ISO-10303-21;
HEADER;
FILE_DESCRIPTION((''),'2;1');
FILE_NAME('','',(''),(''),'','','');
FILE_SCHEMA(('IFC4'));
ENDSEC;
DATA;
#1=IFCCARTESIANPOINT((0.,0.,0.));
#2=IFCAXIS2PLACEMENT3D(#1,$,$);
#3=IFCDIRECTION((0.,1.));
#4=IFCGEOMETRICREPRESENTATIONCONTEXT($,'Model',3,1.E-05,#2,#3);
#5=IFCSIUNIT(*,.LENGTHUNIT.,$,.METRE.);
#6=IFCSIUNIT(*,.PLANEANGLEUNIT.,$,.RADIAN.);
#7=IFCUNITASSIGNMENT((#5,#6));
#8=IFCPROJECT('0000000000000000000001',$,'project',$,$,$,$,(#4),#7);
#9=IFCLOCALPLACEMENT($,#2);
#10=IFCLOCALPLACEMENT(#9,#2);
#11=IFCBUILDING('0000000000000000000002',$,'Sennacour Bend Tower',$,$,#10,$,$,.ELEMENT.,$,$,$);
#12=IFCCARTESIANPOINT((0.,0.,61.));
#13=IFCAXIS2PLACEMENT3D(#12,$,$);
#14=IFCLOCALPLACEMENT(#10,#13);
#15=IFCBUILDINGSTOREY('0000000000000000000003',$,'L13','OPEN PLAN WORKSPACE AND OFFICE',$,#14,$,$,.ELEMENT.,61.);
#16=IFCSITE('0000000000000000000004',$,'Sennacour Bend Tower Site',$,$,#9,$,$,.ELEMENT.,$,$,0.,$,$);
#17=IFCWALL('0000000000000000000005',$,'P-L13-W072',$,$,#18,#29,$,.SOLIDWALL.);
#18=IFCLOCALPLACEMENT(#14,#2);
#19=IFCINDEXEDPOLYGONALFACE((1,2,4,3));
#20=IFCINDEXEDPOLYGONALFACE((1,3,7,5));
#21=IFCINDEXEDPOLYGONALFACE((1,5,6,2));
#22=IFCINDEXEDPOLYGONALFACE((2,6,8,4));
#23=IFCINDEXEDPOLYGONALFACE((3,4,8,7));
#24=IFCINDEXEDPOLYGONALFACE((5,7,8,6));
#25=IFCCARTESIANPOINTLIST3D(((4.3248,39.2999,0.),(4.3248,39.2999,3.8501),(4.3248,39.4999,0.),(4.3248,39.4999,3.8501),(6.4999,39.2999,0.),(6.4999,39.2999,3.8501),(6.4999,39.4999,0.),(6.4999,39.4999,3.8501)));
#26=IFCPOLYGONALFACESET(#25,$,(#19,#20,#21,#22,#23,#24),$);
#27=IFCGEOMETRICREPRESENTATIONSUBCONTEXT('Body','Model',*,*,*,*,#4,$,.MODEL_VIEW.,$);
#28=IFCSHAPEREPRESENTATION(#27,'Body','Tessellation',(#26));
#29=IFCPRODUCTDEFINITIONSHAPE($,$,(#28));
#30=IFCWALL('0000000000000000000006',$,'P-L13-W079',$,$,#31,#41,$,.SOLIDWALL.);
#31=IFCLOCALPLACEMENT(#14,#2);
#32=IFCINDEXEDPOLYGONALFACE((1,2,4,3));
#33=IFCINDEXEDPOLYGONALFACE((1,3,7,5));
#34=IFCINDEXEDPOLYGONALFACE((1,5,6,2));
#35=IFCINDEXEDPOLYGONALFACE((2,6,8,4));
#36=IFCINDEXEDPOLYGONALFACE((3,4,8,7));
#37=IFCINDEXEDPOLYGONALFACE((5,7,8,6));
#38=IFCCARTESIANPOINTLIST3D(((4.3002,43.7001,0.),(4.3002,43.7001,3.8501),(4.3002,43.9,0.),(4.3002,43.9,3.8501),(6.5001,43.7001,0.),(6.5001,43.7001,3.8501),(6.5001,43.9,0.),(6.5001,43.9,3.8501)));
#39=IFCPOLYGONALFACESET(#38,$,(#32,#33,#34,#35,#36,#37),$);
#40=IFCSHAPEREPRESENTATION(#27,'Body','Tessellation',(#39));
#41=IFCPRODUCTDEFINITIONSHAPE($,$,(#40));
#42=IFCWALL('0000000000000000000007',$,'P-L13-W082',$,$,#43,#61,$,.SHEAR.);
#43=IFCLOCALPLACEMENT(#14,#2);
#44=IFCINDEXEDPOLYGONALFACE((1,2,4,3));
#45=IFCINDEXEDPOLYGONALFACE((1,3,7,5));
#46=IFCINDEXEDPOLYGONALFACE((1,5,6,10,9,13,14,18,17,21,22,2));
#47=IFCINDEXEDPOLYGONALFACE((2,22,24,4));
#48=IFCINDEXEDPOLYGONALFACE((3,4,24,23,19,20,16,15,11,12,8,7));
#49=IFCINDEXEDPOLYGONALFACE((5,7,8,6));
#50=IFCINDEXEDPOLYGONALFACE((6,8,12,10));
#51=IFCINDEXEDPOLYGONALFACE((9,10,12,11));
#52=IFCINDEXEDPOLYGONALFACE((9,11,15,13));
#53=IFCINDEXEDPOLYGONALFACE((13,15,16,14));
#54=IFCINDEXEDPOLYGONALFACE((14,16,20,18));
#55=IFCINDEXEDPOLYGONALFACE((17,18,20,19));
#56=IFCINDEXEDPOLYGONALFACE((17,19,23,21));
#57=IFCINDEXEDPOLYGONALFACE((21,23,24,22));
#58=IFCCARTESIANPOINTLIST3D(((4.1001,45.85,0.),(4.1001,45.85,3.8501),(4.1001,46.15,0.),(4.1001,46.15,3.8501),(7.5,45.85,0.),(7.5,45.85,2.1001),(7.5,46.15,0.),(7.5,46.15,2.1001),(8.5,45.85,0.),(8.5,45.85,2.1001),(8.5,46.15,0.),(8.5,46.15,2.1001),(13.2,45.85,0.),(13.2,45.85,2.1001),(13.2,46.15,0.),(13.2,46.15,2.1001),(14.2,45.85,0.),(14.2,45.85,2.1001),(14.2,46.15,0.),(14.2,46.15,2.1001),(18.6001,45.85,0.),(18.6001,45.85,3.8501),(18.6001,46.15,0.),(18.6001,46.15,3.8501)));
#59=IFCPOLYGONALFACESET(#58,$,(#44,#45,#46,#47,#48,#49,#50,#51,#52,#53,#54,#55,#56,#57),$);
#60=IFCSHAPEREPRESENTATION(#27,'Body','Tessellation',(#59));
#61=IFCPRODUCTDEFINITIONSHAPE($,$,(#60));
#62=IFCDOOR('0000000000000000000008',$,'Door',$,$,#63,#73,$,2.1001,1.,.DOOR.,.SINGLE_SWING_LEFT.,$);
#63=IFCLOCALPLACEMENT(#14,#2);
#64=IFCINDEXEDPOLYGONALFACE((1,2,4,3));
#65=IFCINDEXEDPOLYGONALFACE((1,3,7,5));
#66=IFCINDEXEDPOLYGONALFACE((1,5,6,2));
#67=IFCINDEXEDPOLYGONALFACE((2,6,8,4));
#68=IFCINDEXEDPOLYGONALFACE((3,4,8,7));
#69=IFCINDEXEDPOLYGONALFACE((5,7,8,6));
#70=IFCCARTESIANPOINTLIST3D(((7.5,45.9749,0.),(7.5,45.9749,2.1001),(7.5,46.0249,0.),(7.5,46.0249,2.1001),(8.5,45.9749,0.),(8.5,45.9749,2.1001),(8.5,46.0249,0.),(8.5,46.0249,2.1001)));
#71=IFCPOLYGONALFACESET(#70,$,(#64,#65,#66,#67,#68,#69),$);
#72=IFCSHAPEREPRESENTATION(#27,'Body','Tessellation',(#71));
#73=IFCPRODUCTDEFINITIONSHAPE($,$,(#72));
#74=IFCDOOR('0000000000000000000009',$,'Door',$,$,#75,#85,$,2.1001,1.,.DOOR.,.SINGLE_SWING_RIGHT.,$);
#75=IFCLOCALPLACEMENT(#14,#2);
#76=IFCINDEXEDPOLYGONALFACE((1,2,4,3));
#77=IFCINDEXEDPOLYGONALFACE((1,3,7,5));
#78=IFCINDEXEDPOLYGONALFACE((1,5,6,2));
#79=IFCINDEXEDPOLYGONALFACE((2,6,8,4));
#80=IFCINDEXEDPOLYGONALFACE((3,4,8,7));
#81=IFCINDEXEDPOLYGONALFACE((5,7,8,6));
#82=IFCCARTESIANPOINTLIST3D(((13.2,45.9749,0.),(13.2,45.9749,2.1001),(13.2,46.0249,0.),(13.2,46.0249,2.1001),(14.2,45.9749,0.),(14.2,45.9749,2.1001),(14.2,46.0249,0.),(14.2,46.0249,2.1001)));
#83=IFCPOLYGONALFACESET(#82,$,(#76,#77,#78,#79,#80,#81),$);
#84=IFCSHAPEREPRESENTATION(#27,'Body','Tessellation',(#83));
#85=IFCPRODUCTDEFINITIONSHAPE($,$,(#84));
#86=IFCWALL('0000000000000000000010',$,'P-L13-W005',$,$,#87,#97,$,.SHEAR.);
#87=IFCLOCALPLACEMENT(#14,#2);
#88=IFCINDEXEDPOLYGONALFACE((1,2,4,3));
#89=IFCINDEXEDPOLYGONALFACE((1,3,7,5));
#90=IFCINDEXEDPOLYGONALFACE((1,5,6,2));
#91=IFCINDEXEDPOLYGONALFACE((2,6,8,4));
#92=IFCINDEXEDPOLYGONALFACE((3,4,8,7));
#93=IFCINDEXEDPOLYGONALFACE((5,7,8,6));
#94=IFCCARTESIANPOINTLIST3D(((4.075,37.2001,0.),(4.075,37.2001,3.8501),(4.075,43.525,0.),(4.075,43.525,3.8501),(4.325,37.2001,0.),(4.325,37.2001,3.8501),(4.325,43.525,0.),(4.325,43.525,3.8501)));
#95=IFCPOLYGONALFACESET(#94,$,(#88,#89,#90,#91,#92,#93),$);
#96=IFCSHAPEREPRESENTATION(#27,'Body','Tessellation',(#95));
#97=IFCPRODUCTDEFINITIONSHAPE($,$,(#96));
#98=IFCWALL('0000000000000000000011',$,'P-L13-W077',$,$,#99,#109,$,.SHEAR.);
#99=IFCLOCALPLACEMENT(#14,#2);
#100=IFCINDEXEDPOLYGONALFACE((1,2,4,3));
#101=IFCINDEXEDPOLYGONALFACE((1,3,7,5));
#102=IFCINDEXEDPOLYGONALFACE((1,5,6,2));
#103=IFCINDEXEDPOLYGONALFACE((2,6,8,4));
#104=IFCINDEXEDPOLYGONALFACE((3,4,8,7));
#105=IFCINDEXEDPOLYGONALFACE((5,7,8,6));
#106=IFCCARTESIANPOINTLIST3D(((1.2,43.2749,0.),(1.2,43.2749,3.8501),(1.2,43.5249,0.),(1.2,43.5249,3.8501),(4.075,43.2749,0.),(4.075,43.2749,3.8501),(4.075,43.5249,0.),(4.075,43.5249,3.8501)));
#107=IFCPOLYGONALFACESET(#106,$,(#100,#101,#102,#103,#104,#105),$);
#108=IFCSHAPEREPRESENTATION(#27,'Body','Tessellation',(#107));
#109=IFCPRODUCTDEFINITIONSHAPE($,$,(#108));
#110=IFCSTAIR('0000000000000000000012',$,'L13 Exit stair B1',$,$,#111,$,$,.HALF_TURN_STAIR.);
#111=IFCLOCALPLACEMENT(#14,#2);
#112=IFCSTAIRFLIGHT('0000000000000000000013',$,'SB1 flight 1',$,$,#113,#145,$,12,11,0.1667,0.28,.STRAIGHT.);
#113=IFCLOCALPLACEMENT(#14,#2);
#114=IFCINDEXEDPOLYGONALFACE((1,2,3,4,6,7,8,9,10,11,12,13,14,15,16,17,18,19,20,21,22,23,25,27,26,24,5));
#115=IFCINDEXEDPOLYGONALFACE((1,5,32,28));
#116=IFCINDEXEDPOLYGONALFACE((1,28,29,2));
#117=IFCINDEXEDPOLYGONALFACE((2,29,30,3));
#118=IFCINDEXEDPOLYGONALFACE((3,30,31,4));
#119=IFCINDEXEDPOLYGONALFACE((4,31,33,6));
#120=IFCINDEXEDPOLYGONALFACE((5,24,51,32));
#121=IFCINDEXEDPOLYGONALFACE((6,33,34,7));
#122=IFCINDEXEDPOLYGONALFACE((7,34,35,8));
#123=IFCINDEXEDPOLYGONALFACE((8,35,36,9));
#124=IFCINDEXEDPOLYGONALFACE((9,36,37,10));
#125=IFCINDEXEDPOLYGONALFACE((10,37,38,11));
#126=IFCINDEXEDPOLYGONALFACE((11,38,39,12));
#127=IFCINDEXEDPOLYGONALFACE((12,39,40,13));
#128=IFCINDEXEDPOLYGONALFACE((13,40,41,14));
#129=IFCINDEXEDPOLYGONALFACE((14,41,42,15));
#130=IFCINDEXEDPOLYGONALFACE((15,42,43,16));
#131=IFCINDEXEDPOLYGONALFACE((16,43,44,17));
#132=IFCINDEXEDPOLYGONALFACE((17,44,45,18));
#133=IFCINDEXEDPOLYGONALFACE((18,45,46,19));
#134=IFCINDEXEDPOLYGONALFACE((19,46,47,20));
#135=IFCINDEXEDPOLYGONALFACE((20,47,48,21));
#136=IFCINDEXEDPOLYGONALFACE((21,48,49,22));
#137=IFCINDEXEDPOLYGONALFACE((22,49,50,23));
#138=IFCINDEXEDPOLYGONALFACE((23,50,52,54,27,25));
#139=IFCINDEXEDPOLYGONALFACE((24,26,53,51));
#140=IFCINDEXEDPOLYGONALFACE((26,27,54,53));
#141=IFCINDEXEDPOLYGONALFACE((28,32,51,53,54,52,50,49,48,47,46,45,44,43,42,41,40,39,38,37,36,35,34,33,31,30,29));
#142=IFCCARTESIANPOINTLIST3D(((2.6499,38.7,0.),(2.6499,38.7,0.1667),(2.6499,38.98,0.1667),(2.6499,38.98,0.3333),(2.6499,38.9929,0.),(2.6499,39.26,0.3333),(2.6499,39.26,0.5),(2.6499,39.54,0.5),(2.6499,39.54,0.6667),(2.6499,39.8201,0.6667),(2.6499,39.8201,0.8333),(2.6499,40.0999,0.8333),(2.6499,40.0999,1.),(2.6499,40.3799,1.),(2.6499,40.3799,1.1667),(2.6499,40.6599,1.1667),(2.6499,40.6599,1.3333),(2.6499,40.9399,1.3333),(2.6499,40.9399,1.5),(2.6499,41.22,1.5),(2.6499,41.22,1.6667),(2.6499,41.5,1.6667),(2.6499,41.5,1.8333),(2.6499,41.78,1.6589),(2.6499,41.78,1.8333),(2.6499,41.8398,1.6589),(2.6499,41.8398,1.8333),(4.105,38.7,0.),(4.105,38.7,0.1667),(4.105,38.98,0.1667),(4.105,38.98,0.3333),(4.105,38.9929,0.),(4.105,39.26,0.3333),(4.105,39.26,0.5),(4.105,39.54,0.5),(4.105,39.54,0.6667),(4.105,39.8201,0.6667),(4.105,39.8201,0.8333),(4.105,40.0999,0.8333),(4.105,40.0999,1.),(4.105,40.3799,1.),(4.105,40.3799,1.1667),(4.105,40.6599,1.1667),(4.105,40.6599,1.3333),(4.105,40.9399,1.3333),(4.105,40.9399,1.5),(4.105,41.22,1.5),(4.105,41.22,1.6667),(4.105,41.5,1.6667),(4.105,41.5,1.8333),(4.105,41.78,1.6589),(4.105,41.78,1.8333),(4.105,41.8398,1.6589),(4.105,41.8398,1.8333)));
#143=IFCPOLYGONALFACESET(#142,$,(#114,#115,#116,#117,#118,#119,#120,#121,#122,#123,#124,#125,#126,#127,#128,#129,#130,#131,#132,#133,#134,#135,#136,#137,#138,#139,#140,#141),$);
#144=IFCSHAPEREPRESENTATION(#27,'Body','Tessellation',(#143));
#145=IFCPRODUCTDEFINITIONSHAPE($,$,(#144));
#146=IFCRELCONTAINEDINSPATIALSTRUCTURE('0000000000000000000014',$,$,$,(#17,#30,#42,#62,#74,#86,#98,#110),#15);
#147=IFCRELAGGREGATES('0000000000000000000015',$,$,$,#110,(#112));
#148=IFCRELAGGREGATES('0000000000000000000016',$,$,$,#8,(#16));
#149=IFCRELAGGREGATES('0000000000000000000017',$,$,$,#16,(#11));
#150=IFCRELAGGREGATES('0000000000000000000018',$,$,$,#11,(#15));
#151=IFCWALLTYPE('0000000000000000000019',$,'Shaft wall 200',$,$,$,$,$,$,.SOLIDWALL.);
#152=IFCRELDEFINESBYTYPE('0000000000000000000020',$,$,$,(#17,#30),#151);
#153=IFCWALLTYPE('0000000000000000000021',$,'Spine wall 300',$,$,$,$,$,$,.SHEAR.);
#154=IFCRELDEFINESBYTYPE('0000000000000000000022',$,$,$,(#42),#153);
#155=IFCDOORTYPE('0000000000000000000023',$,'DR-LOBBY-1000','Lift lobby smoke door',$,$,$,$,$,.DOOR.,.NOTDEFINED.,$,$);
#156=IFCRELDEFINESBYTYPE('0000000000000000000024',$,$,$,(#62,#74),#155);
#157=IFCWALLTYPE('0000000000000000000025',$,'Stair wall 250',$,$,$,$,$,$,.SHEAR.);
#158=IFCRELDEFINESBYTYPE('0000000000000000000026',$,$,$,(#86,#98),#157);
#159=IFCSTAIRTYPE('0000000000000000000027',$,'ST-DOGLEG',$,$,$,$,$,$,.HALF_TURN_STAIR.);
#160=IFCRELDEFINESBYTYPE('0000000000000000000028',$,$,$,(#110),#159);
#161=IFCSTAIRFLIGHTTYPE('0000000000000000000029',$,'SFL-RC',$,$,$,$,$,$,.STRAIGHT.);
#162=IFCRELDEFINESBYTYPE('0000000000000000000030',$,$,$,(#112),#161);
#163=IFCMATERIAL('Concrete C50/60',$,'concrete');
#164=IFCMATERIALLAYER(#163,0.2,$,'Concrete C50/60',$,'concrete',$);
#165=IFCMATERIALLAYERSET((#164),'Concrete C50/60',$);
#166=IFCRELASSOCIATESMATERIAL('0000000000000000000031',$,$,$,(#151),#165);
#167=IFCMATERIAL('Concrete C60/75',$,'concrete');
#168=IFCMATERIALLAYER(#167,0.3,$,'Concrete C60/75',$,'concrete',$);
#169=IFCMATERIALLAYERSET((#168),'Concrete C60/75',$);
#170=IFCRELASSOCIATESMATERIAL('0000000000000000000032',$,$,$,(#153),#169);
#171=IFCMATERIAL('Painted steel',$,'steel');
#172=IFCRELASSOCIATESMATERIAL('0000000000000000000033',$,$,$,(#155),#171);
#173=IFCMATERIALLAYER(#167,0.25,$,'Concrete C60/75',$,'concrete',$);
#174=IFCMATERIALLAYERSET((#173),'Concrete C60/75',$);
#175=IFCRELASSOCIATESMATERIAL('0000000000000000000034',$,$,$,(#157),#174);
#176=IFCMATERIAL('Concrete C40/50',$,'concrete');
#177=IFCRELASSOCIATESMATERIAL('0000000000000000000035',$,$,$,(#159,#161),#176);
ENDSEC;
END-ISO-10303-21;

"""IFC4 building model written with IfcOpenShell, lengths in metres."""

from ifc_helpers import new_model, si_unit, direction, frame, frame_2d, origin, place, context, subcontext, project, spatial, polyline, rectangle, outline, extrude, material, layer, layer_set, type_object, element, fill, aggregate, save


model = new_model("IFC4")

# Units and contexts
model_context = context("Model", 3, precision=1e-05, world=origin(), true_north=direction((0.0, 1.0)))
body_context = subcontext(model_context, "Body", "Model", "MODEL_VIEW")
ifc_project = project(units=[si_unit("LENGTHUNIT", "METRE"), si_unit("PLANEANGLEUNIT", "RADIAN")], contexts=[model_context])

# Site, building, storey
site_placement = place(None, origin())
site = spatial("IfcSite", under=ifc_project, at=site_placement, Name="Sennacour Bend Tower Site", CompositionType="ELEMENT", RefElevation=0.0)
building_placement = place(site_placement, origin())
building = spatial("IfcBuilding", under=site, at=building_placement, Name="Sennacour Bend Tower", CompositionType="ELEMENT")
storey_placement = place(building_placement, frame((0.0, 0.0, 61.0)))
storey = spatial("IfcBuildingStorey", under=building, at=storey_placement, Name="L13", Description="OPEN PLAN WORKSPACE AND OFFICE", CompositionType="ELEMENT", Elevation=61.0)

# Shared definitions
ifc_material_1 = material(Name="Painted steel", Category="steel")

# Walls
ifc_material_2 = material(Name="Concrete C50/60", Category="concrete")
ifc_layer_1 = layer(ifc_material_2, 0.2, Name="Concrete C50/60", Category="concrete")
ifc_layer_set_1 = layer_set([ifc_layer_1], Name="Concrete C50/60")
wall_type_1 = type_object("IfcWallType", Name="Shaft wall 200", PredefinedType="SOLIDWALL", material=ifc_layer_set_1)
wall_1_placement = place(storey_placement, frame((4.325, 39.3999, 0.0), z_axis=(0.0, 0.0, 1.0), x_axis=(1.0, 0.0, 0.0)))
element("IfcWall", 1, at=wall_1_placement, inside=storey, type_object=wall_type_1, Name="P-L13-W072", PredefinedType="SOLIDWALL", context=body_context, shape_type="SweptSolid", body=[
    extrude(rectangle(XDim=2.175, YDim=0.2, at=frame_2d((1.0874, 0.0))), origin(), (0.0, 0.0, 1.0), 3.8501),
])
wall_2_placement = place(storey_placement, frame((4.3, 43.8, 0.0), z_axis=(0.0, 0.0, 1.0), x_axis=(1.0, 0.0, 0.0)))
element("IfcWall", 2, at=wall_2_placement, inside=storey, type_object=wall_type_1, Name="P-L13-W079", PredefinedType="SOLIDWALL", context=body_context, shape_type="SweptSolid", body=[
    extrude(rectangle(XDim=2.2, YDim=0.2, at=frame_2d((1.1001, 0.0))), origin(), (0.0, 0.0, 1.0), 3.8501),
])

# Wall, openings, doors
ifc_material_3 = material(Name="Concrete C60/75", Category="concrete")
ifc_layer_2 = layer(ifc_material_3, 0.3, Name="Concrete C60/75", Category="concrete")
ifc_layer_set_2 = layer_set([ifc_layer_2], Name="Concrete C60/75")
wall_type_2 = type_object("IfcWallType", Name="Spine wall 300", PredefinedType="SHEAR", material=ifc_layer_set_2)
wall_3_placement = place(storey_placement, frame((4.1001, 46.0, 0.0), z_axis=(0.0, 0.0, 1.0), x_axis=(1.0, 0.0, 0.0)))
wall_3 = element("IfcWall", 3, at=wall_3_placement, inside=storey, type_object=wall_type_2, Name="P-L13-W082", PredefinedType="SHEAR", context=body_context, shape_type="SweptSolid", body=[
    extrude(rectangle(XDim=14.5, YDim=0.3, at=frame_2d((7.25, 0.0))), origin(), (0.0, 0.0, 1.0), 3.8501),
])
opening_1_placement = place(wall_3_placement, frame((3.3999, 0.0, 0.0)))
opening_1 = element("IfcOpeningElement", 4, at=opening_1_placement, cuts=wall_3, PredefinedType="OPENING", context=body_context, shape_type="SweptSolid", body=[
    extrude(rectangle(XDim=1.0, YDim=2.1001, at=frame_2d((0.5, 1.05))), frame((0.0, 0.1602, 0.0), z_axis=(0.0, -1.0, 0.0), x_axis=(1.0, 0.0, 0.0)), (0.0, 0.0, 1.0), 0.3201),
])
opening_2_placement = place(wall_3_placement, frame((9.0999, 0.0, 0.0)))
opening_2 = element("IfcOpeningElement", 5, at=opening_2_placement, cuts=wall_3, PredefinedType="OPENING", context=body_context, shape_type="SweptSolid", body=[
    extrude(rectangle(XDim=1.0, YDim=2.1001, at=frame_2d((0.5, 1.05))), frame((0.0, 0.1602, 0.0), z_axis=(0.0, -1.0, 0.0), x_axis=(1.0, 0.0, 0.0)), (0.0, 0.0, 1.0), 0.3201),
])
door_type_1 = type_object("IfcDoorType", Name="DR-LOBBY-1000", Description="Lift lobby smoke door", OperationType="NOTDEFINED", PredefinedType="DOOR", material=ifc_material_1)
door_1_placement = place(opening_1_placement, origin())
door_1 = element("IfcDoor", 6, at=door_1_placement, inside=storey, type_object=door_type_1, Name="Door", OperationType="SINGLE_SWING_LEFT", OverallHeight=2.1001, OverallWidth=1.0, PredefinedType="DOOR", context=body_context, shape_type="SweptSolid", body=[
    extrude(rectangle(XDim=1.0, YDim=2.1001, at=frame_2d((0.5, 1.05))), frame((0.0, 0.0249, 0.0), z_axis=(0.0, -1.0, 0.0), x_axis=(1.0, 0.0, 0.0)), (0.0, 0.0, 1.0), 0.05),
])
fill(opening_1, door_1)
door_2_placement = place(opening_2_placement, origin())
door_2 = element("IfcDoor", 7, at=door_2_placement, inside=storey, type_object=door_type_1, Name="Door", OperationType="SINGLE_SWING_RIGHT", OverallHeight=2.1001, OverallWidth=1.0, PredefinedType="DOOR", context=body_context, shape_type="SweptSolid", body=[
    extrude(rectangle(XDim=1.0, YDim=2.1001, at=frame_2d((0.5, 1.05))), frame((0.0, 0.0249, 0.0), z_axis=(0.0, -1.0, 0.0), x_axis=(1.0, 0.0, 0.0)), (0.0, 0.0, 1.0), 0.05),
])
fill(opening_2, door_2)

# Walls
ifc_layer_3 = layer(ifc_material_3, 0.25, Name="Concrete C60/75", Category="concrete")
ifc_layer_set_3 = layer_set([ifc_layer_3], Name="Concrete C60/75")
wall_type_3 = type_object("IfcWallType", Name="Stair wall 250", PredefinedType="SHEAR", material=ifc_layer_set_3)
wall_4_placement = place(storey_placement, frame((4.2, 37.2, 0.0), z_axis=(0.0, 0.0, 1.0), x_axis=(0.0, 1.0, 0.0)))
element("IfcWall", 8, at=wall_4_placement, inside=storey, type_object=wall_type_3, Name="P-L13-W005", PredefinedType="SHEAR", context=body_context, shape_type="SweptSolid", body=[
    extrude(rectangle(XDim=6.325, YDim=0.25, at=frame_2d((3.1626, 0.0))), origin(), (0.0, 0.0, 1.0), 3.8501),
])
wall_5_placement = place(storey_placement, frame((1.2, 43.3999, 0.0), z_axis=(0.0, 0.0, 1.0), x_axis=(1.0, 0.0, 0.0)))
element("IfcWall", 9, at=wall_5_placement, inside=storey, type_object=wall_type_3, Name="P-L13-W077", PredefinedType="SHEAR", context=body_context, shape_type="SweptSolid", body=[
    extrude(rectangle(XDim=2.875, YDim=0.25, at=frame_2d((1.4375, 0.0))), origin(), (0.0, 0.0, 1.0), 3.8501),
])

# Stair, stair flight
ifc_material_4 = material(Name="Concrete C40/50", Category="concrete")
stair_type = type_object("IfcStairType", Name="ST-DOGLEG", PredefinedType="HALF_TURN_STAIR", material=ifc_material_4)
stair_placement = place(storey_placement, origin())
stair = element("IfcStair", 10, at=stair_placement, inside=storey, type_object=stair_type, Name="L13 Exit stair B1", PredefinedType="HALF_TURN_STAIR")
stair_flight_type = type_object("IfcStairFlightType", Name="SFL-RC", PredefinedType="STRAIGHT", material=ifc_material_4)
stair_flight_1_placement = place(storey_placement, frame((3.3774, 38.7, 0.0), z_axis=(0.0, 0.0, 1.0), x_axis=(0.0, 1.0, 0.0)))
stair_flight_1 = element("IfcStairFlight", 11, at=stair_flight_1_placement, type_object=stair_flight_type, Name="SB1 flight 1", NumberOfRisers=12, NumberOfTreads=11, PredefinedType="STRAIGHT", RiserHeight=0.1667, TreadLength=0.28, context=body_context, shape_type="SweptSolid", body=[
    extrude(outline(polyline([(0.0, 0.0), (0.0, 0.1667), (0.28, 0.1667), (0.28, 0.3333), (0.5601, 0.3333), (0.5601, 0.5), (0.8401, 0.5), (0.8401, 0.6667), (1.1201, 0.6667), (1.1201, 0.8333), (1.3999, 0.8333), (1.3999, 1.0), (1.6799, 1.0), (1.6799, 1.1667), (1.96, 1.1667), (1.96, 1.3333), (2.24, 1.3333), (2.24, 1.5), (2.52, 1.5), (2.52, 1.6667), (2.8, 1.6667), (2.8, 1.8333), (3.0801, 1.8333), (3.1399, 1.8333), (3.1399, 1.6589), (3.0801, 1.6589), (0.293, 0.0), (0.0, 0.0)])), frame((0.0, 0.7275, 0.0), z_axis=(0.0, -1.0, 0.0), x_axis=(1.0, 0.0, 0.0)), (0.0, 0.0, 1.0), 1.4551),
])
aggregate(stair, [stair_flight_1])

save(model, "model.ifc")
